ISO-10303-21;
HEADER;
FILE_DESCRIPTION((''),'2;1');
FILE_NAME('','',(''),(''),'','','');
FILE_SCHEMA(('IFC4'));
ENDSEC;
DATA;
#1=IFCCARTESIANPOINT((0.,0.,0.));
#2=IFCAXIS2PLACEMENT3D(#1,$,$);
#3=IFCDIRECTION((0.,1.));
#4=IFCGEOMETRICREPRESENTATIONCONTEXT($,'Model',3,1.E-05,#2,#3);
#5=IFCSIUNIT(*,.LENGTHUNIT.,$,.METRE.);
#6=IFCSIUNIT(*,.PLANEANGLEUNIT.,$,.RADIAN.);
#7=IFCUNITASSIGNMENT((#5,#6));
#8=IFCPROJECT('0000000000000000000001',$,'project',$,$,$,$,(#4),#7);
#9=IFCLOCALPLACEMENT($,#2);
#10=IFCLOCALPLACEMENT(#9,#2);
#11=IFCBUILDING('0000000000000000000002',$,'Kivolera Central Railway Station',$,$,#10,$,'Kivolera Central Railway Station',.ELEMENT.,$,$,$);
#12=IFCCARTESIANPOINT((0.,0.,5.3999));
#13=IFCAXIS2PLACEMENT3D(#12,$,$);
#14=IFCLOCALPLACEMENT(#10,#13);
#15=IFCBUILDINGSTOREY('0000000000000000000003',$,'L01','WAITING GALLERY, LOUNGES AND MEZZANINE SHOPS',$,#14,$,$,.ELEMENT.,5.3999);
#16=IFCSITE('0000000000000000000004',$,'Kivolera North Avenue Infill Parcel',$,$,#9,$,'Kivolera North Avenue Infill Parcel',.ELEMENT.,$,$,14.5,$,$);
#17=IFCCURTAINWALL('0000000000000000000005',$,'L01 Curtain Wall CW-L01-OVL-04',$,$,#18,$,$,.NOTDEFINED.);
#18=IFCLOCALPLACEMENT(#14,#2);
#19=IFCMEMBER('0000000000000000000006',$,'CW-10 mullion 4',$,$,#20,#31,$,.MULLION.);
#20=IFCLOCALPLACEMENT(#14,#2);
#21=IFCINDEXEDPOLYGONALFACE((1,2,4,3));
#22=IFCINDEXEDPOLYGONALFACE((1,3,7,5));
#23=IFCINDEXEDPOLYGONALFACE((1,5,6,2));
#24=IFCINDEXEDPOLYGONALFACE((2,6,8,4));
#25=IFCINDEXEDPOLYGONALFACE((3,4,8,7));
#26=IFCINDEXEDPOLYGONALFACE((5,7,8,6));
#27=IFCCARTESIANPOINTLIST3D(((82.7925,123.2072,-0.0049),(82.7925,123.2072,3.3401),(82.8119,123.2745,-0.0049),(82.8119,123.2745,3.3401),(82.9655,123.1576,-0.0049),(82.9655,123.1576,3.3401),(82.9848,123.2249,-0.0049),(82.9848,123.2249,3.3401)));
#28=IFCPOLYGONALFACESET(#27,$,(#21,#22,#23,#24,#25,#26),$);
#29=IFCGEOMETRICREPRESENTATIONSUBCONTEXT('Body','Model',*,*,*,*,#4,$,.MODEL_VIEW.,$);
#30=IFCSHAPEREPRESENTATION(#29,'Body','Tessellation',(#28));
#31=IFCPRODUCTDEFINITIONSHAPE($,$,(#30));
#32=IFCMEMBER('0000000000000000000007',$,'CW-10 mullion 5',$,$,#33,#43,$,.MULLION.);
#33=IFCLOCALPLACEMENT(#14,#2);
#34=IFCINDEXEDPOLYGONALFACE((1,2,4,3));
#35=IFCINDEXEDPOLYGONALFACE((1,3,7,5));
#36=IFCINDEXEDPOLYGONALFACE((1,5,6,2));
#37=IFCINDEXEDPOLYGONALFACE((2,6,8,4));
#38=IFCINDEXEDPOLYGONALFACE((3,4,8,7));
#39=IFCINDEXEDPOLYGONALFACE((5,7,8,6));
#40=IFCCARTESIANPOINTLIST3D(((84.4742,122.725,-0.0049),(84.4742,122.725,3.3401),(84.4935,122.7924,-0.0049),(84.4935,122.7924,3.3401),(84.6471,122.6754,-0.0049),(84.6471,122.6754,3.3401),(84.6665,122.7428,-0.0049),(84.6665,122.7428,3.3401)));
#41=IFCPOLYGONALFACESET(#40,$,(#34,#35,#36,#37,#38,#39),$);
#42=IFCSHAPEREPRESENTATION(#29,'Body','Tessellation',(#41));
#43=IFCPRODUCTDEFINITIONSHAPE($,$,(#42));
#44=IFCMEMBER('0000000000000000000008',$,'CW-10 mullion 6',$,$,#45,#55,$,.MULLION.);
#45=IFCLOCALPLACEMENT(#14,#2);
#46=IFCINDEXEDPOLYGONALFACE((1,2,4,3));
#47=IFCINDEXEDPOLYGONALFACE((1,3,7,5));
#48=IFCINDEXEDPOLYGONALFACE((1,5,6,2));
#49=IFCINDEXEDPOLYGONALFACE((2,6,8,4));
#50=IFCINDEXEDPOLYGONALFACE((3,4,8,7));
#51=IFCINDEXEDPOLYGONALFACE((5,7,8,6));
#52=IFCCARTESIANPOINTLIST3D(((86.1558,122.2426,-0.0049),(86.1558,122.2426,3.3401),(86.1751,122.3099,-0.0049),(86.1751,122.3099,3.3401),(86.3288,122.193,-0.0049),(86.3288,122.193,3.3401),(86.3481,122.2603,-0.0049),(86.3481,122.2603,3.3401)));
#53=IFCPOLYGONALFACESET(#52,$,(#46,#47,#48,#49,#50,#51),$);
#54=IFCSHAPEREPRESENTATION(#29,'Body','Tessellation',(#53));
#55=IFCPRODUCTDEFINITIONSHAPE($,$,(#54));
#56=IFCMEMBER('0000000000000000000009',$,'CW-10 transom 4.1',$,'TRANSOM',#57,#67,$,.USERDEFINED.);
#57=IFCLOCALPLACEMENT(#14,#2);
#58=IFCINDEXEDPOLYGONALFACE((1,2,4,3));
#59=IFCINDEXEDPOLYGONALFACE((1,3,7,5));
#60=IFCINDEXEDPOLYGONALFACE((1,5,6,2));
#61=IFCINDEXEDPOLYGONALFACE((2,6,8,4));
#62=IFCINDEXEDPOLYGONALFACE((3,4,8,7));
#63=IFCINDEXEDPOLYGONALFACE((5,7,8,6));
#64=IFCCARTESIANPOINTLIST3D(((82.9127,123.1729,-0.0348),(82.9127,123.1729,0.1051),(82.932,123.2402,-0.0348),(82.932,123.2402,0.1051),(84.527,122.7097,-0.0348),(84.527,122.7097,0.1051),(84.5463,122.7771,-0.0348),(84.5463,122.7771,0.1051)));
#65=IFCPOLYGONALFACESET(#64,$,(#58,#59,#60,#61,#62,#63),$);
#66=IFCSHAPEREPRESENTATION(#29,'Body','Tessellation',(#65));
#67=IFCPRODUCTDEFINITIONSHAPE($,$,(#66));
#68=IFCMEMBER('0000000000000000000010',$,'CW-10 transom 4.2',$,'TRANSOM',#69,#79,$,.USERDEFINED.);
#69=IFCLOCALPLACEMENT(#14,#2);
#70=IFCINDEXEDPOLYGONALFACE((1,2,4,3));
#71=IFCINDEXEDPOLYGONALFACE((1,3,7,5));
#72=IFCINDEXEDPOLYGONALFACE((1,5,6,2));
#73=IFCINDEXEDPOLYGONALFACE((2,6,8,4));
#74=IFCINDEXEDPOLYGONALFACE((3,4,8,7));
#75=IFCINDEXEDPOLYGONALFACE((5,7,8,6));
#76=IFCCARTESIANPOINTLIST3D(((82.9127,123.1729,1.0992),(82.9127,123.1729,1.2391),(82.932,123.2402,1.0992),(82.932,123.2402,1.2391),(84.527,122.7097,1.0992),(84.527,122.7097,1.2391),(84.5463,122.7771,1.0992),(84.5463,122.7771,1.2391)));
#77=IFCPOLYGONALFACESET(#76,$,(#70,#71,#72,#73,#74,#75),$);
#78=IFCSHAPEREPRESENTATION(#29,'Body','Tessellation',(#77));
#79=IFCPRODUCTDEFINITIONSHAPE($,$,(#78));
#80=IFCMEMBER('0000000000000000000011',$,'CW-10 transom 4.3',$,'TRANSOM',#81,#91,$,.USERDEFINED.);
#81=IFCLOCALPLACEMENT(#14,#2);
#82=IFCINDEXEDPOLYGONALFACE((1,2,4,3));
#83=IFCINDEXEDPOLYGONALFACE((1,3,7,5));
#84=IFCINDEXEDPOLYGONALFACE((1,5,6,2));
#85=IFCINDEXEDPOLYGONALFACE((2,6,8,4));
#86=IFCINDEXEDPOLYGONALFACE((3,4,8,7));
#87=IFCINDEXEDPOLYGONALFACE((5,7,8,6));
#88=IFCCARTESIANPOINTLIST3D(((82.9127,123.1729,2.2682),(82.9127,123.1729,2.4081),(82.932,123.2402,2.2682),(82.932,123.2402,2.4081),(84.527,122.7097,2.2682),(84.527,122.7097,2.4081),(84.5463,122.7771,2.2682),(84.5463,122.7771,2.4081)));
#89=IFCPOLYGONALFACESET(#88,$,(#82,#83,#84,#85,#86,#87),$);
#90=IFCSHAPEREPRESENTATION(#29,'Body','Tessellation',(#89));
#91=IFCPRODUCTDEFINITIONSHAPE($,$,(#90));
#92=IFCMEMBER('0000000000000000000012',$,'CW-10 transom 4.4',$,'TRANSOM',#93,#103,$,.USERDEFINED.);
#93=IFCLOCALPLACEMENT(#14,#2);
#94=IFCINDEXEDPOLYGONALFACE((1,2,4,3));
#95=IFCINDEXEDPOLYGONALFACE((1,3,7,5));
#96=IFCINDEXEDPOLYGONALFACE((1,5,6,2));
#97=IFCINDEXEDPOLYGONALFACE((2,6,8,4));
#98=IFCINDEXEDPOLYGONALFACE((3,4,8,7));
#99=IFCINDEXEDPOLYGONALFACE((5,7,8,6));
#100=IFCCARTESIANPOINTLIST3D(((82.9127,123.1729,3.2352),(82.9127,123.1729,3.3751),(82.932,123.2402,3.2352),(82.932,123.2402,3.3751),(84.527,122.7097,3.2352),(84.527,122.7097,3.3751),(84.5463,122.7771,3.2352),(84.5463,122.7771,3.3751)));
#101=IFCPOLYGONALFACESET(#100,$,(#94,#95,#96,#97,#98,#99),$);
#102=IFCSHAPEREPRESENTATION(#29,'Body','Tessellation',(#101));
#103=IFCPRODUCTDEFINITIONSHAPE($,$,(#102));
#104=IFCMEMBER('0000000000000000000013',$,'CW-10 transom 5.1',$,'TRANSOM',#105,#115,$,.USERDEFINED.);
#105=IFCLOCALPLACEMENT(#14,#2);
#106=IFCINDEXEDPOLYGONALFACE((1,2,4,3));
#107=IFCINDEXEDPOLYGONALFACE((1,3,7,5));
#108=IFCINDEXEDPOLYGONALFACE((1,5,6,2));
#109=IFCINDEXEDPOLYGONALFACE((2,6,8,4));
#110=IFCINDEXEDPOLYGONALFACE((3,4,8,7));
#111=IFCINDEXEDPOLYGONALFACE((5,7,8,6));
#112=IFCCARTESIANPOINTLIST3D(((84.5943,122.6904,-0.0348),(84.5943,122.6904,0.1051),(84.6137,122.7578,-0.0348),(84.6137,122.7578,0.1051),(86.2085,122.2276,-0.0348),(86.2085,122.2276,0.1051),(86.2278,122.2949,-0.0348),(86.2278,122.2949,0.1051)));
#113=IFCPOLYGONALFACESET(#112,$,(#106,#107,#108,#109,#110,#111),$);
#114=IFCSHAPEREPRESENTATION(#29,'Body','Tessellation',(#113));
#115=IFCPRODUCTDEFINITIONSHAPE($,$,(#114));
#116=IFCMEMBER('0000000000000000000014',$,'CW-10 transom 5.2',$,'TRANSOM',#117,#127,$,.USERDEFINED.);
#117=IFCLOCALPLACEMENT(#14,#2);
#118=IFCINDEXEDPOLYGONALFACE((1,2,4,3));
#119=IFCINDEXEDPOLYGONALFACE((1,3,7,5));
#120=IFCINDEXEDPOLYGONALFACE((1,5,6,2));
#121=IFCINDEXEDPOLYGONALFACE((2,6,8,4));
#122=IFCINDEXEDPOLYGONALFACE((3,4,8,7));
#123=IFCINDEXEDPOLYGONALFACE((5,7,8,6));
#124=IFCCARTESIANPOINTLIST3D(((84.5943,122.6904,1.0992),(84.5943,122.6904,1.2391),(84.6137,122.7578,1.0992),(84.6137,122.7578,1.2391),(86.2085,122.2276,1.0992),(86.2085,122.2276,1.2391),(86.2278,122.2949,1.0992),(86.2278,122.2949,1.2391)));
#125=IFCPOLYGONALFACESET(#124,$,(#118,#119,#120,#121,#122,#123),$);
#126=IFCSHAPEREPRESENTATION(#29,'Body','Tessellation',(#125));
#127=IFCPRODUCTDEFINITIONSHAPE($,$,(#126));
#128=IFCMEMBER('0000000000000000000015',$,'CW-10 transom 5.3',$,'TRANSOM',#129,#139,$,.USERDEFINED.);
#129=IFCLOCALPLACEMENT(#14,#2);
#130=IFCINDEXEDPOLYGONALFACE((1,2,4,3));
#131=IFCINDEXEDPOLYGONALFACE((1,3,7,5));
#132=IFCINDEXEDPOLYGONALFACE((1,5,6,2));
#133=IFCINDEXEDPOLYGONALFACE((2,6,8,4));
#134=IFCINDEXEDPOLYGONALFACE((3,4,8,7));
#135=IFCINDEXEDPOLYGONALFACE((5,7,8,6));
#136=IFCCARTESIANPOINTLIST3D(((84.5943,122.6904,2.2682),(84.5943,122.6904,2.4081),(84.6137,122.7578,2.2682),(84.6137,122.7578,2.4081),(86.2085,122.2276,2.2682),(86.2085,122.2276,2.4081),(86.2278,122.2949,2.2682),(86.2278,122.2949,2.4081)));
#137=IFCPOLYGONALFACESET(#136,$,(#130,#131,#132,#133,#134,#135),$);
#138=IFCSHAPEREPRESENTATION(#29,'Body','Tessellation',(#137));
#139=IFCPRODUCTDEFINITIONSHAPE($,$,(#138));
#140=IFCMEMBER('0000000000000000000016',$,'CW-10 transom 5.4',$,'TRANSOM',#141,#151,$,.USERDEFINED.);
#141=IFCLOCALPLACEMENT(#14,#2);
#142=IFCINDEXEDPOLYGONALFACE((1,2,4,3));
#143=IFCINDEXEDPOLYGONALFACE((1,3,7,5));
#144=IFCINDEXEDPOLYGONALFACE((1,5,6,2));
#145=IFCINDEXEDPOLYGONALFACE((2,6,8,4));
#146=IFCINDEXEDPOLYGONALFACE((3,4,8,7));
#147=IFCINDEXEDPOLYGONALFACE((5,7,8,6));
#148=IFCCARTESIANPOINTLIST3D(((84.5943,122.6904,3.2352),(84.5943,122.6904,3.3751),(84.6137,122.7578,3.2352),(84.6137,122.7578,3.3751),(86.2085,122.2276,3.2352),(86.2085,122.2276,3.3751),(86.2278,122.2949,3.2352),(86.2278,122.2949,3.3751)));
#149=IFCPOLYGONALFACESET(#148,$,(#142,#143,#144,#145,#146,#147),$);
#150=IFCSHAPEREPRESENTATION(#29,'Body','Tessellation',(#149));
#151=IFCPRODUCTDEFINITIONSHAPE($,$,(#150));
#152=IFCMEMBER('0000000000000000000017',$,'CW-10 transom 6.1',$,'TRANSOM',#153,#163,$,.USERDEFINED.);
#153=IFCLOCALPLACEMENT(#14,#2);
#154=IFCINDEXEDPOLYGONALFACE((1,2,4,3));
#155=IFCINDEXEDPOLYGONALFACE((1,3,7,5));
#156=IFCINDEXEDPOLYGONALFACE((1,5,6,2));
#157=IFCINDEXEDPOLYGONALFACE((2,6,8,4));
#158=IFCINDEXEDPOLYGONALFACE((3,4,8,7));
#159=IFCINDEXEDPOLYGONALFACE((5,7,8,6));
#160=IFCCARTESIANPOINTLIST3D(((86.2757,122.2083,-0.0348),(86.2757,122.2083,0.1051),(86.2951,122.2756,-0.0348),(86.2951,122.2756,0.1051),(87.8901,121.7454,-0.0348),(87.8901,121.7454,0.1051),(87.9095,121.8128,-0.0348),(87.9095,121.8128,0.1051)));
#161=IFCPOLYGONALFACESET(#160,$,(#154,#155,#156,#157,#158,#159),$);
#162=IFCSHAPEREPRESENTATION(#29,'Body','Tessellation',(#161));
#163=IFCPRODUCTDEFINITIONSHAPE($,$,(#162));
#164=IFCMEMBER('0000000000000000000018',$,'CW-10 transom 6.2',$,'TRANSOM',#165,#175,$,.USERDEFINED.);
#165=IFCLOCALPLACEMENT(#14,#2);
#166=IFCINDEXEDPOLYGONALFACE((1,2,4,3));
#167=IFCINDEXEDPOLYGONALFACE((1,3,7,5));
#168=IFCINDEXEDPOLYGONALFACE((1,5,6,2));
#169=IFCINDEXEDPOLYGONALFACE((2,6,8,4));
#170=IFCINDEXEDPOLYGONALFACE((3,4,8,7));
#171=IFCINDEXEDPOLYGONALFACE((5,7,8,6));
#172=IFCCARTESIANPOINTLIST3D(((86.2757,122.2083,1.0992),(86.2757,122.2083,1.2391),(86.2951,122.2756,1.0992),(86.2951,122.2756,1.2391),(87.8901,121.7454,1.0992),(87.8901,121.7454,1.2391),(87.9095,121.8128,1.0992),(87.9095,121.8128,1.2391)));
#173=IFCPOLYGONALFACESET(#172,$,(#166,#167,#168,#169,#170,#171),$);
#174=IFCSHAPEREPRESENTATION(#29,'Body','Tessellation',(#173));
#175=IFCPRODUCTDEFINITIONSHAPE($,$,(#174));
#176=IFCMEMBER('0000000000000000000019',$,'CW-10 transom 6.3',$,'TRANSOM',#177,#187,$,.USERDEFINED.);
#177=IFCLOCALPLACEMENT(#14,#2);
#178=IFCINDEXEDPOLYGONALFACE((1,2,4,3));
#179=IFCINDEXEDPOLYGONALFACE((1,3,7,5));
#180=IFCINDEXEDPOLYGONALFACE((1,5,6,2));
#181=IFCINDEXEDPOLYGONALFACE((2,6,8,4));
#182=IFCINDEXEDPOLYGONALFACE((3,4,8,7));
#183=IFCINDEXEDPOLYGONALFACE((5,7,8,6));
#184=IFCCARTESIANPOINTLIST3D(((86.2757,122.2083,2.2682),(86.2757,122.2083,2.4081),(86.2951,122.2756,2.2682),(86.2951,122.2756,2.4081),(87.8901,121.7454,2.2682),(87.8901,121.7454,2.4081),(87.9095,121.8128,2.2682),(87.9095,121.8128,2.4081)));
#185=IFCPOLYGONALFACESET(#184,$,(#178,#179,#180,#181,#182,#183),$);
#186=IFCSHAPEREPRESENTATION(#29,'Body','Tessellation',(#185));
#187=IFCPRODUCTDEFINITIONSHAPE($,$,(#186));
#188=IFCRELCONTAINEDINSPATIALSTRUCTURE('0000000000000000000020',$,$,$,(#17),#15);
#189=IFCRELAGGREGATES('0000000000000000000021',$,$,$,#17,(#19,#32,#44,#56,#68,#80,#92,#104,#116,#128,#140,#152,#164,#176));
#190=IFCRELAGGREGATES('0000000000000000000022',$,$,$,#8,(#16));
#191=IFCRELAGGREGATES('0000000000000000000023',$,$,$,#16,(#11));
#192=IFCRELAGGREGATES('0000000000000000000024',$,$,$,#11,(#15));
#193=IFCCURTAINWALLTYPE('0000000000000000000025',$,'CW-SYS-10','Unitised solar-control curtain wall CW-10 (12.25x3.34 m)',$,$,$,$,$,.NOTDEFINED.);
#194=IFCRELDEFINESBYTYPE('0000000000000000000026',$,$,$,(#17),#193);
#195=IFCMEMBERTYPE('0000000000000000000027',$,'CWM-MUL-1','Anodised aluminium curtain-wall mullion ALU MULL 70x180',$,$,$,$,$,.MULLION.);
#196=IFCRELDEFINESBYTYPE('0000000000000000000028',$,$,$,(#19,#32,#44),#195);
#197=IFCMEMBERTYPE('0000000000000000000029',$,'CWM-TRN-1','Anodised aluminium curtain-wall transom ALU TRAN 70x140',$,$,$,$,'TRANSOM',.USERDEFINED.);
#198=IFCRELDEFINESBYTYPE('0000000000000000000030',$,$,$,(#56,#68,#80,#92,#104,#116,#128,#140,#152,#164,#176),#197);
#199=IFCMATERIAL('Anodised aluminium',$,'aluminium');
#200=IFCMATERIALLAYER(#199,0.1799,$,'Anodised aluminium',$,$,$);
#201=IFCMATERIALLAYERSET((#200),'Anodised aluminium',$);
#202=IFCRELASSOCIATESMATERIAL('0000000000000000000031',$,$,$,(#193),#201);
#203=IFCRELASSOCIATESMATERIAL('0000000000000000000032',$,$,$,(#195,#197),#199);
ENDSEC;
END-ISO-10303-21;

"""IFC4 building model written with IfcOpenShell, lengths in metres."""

from ifc_helpers import new_model, si_unit, direction, frame, origin, origin_2d, place, context, subcontext, project, spatial, rectangle, extrude, material, layer, layer_set, material_profile, profile_set, type_object, element, aggregate, save


model = new_model("IFC4")

# Units and contexts
model_context = context("Model", 3, precision=1e-05, world=origin(), true_north=direction((0.0, 1.0)))
body_context = subcontext(model_context, "Body", "Model", "MODEL_VIEW")
ifc_project = project(units=[si_unit("LENGTHUNIT", "METRE"), si_unit("PLANEANGLEUNIT", "RADIAN")], contexts=[model_context])

# Site, building, storey
site_placement = place(None, origin())
site = spatial("IfcSite", under=ifc_project, at=site_placement, Name="Kivolera North Avenue Infill Parcel", LongName="Kivolera North Avenue Infill Parcel", CompositionType="ELEMENT", RefElevation=14.5)
building_placement = place(site_placement, origin())
building = spatial("IfcBuilding", under=site, at=building_placement, Name="Kivolera Central Railway Station", LongName="Kivolera Central Railway Station", CompositionType="ELEMENT")
storey_placement = place(building_placement, frame((0.0, 0.0, 5.3999)))
storey = spatial("IfcBuildingStorey", under=building, at=storey_placement, Name="L01", Description="WAITING GALLERY, LOUNGES AND MEZZANINE SHOPS", CompositionType="ELEMENT", Elevation=5.3999)

# Curtain wall, members
ifc_material_1 = material(Name="Anodised aluminium", Category="aluminium")
ifc_layer_1 = layer(ifc_material_1, 0.1799, Name="Anodised aluminium")
ifc_layer_set_1 = layer_set([ifc_layer_1], Name="Anodised aluminium")
curtain_wall_type = type_object("IfcCurtainWallType", Name="CW-SYS-10", Description="Unitised solar-control curtain wall CW-10 (12.25x3.34 m)", PredefinedType="NOTDEFINED", material=ifc_layer_set_1)
curtain_wall_placement = place(storey_placement, origin())
curtain_wall = element("IfcCurtainWall", 1, at=curtain_wall_placement, inside=storey, type_object=curtain_wall_type, Name="L01 Curtain Wall CW-L01-OVL-04", PredefinedType="NOTDEFINED")
ifc_material_profile_1 = material_profile(ifc_material_1, rectangle(XDim=0.0701, YDim=0.1799, at=origin_2d()), Name="ALU MULL 70x180")
ifc_profile_set_1 = profile_set([ifc_material_profile_1], Name="Anodised aluminium")
member_type_1 = type_object("IfcMemberType", Name="CWM-MUL-1", Description="Anodised aluminium curtain-wall mullion ALU MULL 70x180", PredefinedType="MULLION", material=ifc_profile_set_1)
member_1_placement = place(storey_placement, frame((82.8887, 123.2161, -0.0049), z_axis=(0.0, 0.0, 1.0), x_axis=(0.275692, 0.961246, 0.0)))
member_1 = element("IfcMember", 2, at=member_1_placement, type_object=member_type_1, Name="CW-10 mullion 4", PredefinedType="MULLION", context=body_context, shape_type="SweptSolid", body=[
    extrude(rectangle(XDim=0.0701, YDim=0.1799, at=origin_2d()), origin(), (0.0, 0.0, 1.0), 3.345),
])
member_2_placement = place(storey_placement, frame((84.5703, 122.7339, -0.0049), z_axis=(0.0, 0.0, 1.0), x_axis=(0.275692, 0.961246, 0.0)))
member_2 = element("IfcMember", 3, at=member_2_placement, type_object=member_type_1, Name="CW-10 mullion 5", PredefinedType="MULLION", context=body_context, shape_type="SweptSolid", body=[
    extrude(rectangle(XDim=0.0701, YDim=0.1799, at=origin_2d()), origin(), (0.0, 0.0, 1.0), 3.345),
])
member_3_placement = place(storey_placement, frame((86.252, 122.2515, -0.0049), z_axis=(0.0, 0.0, 1.0), x_axis=(0.275692, 0.961246, 0.0)))
member_3 = element("IfcMember", 4, at=member_3_placement, type_object=member_type_1, Name="CW-10 mullion 6", PredefinedType="MULLION", context=body_context, shape_type="SweptSolid", body=[
    extrude(rectangle(XDim=0.0701, YDim=0.1799, at=origin_2d()), origin(), (0.0, 0.0, 1.0), 3.345),
])
ifc_material_profile_2 = material_profile(ifc_material_1, rectangle(XDim=0.0701, YDim=0.1399, at=origin_2d()), Name="ALU TRAN 70x140")
ifc_profile_set_2 = profile_set([ifc_material_profile_2], Name="Anodised aluminium")
member_type_2 = type_object("IfcMemberType", Name="CWM-TRN-1", Description="Anodised aluminium curtain-wall transom ALU TRAN 70x140", ElementType="TRANSOM", PredefinedType="USERDEFINED", material=ifc_profile_set_2)
member_4_placement = place(storey_placement, frame((82.9224, 123.2065, 0.0352), z_axis=(0.961222, -0.275777, 0.0), x_axis=(0.275777, 0.961222, 0.0)))
member_4 = element("IfcMember", 5, at=member_4_placement, type_object=member_type_2, Name="CW-10 transom 4.1", ObjectType="TRANSOM", PredefinedType="USERDEFINED", context=body_context, shape_type="SweptSolid", body=[
    extrude(rectangle(XDim=0.0701, YDim=0.1399, at=origin_2d()), origin(), (0.0, 0.0, 1.0), 1.6794),
])
member_5_placement = place(storey_placement, frame((82.9224, 123.2065, 1.1692), z_axis=(0.961222, -0.275777, 0.0), x_axis=(0.275777, 0.961222, 0.0)))
member_5 = element("IfcMember", 6, at=member_5_placement, type_object=member_type_2, Name="CW-10 transom 4.2", ObjectType="TRANSOM", PredefinedType="USERDEFINED", context=body_context, shape_type="SweptSolid", body=[
    extrude(rectangle(XDim=0.0701, YDim=0.1399, at=origin_2d()), origin(), (0.0, 0.0, 1.0), 1.6794),
])
member_6_placement = place(storey_placement, frame((82.9224, 123.2065, 2.3381), z_axis=(0.961222, -0.275777, 0.0), x_axis=(0.275777, 0.961222, 0.0)))
member_6 = element("IfcMember", 7, at=member_6_placement, type_object=member_type_2, Name="CW-10 transom 4.3", ObjectType="TRANSOM", PredefinedType="USERDEFINED", context=body_context, shape_type="SweptSolid", body=[
    extrude(rectangle(XDim=0.0701, YDim=0.1399, at=origin_2d()), origin(), (0.0, 0.0, 1.0), 1.6794),
])
member_7_placement = place(storey_placement, frame((82.9224, 123.2065, 3.3052), z_axis=(0.961222, -0.275777, 0.0), x_axis=(0.275777, 0.961222, 0.0)))
member_7 = element("IfcMember", 8, at=member_7_placement, type_object=member_type_2, Name="CW-10 transom 4.4", ObjectType="TRANSOM", PredefinedType="USERDEFINED", context=body_context, shape_type="SweptSolid", body=[
    extrude(rectangle(XDim=0.0701, YDim=0.1399, at=origin_2d()), origin(), (0.0, 0.0, 1.0), 1.6794),
])
member_8_placement = place(storey_placement, frame((84.604, 122.7241, 0.0352), z_axis=(0.96126, -0.275643, 0.0), x_axis=(0.275643, 0.96126, 0.0)))
member_8 = element("IfcMember", 9, at=member_8_placement, type_object=member_type_2, Name="CW-10 transom 5.1", ObjectType="TRANSOM", PredefinedType="USERDEFINED", context=body_context, shape_type="SweptSolid", body=[
    extrude(rectangle(XDim=0.0701, YDim=0.1399, at=origin_2d()), origin(), (0.0, 0.0, 1.0), 1.6792),
])
member_9_placement = place(storey_placement, frame((84.604, 122.7241, 1.1692), z_axis=(0.96126, -0.275643, 0.0), x_axis=(0.275643, 0.96126, 0.0)))
member_9 = element("IfcMember", 10, at=member_9_placement, type_object=member_type_2, Name="CW-10 transom 5.2", ObjectType="TRANSOM", PredefinedType="USERDEFINED", context=body_context, shape_type="SweptSolid", body=[
    extrude(rectangle(XDim=0.0701, YDim=0.1399, at=origin_2d()), origin(), (0.0, 0.0, 1.0), 1.6792),
])
member_10_placement = place(storey_placement, frame((84.604, 122.7241, 2.3381), z_axis=(0.96126, -0.275643, 0.0), x_axis=(0.275643, 0.96126, 0.0)))
member_10 = element("IfcMember", 11, at=member_10_placement, type_object=member_type_2, Name="CW-10 transom 5.3", ObjectType="TRANSOM", PredefinedType="USERDEFINED", context=body_context, shape_type="SweptSolid", body=[
    extrude(rectangle(XDim=0.0701, YDim=0.1399, at=origin_2d()), origin(), (0.0, 0.0, 1.0), 1.6792),
])
member_11_placement = place(storey_placement, frame((84.604, 122.7241, 3.3052), z_axis=(0.96126, -0.275643, 0.0), x_axis=(0.275643, 0.96126, 0.0)))
member_11 = element("IfcMember", 12, at=member_11_placement, type_object=member_type_2, Name="CW-10 transom 5.4", ObjectType="TRANSOM", PredefinedType="USERDEFINED", context=body_context, shape_type="SweptSolid", body=[
    extrude(rectangle(XDim=0.0701, YDim=0.1399, at=origin_2d()), origin(), (0.0, 0.0, 1.0), 1.6792),
])
member_12_placement = place(storey_placement, frame((86.2854, 122.2419, 0.0352), z_axis=(0.961271, -0.275604, 0.0), x_axis=(0.275604, 0.961271, 0.0)))
member_12 = element("IfcMember", 13, at=member_12_placement, type_object=member_type_2, Name="CW-10 transom 6.1", ObjectType="TRANSOM", PredefinedType="USERDEFINED", context=body_context, shape_type="SweptSolid", body=[
    extrude(rectangle(XDim=0.0701, YDim=0.1399, at=origin_2d()), origin(), (0.0, 0.0, 1.0), 1.6794),
])
member_13_placement = place(storey_placement, frame((86.2854, 122.2419, 1.1692), z_axis=(0.961271, -0.275604, 0.0), x_axis=(0.275604, 0.961271, 0.0)))
member_13 = element("IfcMember", 14, at=member_13_placement, type_object=member_type_2, Name="CW-10 transom 6.2", ObjectType="TRANSOM", PredefinedType="USERDEFINED", context=body_context, shape_type="SweptSolid", body=[
    extrude(rectangle(XDim=0.0701, YDim=0.1399, at=origin_2d()), origin(), (0.0, 0.0, 1.0), 1.6794),
])
member_14_placement = place(storey_placement, frame((86.2854, 122.2419, 2.3381), z_axis=(0.961271, -0.275604, 0.0), x_axis=(0.275604, 0.961271, 0.0)))
member_14 = element("IfcMember", 15, at=member_14_placement, type_object=member_type_2, Name="CW-10 transom 6.3", ObjectType="TRANSOM", PredefinedType="USERDEFINED", context=body_context, shape_type="SweptSolid", body=[
    extrude(rectangle(XDim=0.0701, YDim=0.1399, at=origin_2d()), origin(), (0.0, 0.0, 1.0), 1.6794),
])
aggregate(curtain_wall, [member_1, member_2, member_3, member_4, member_5, member_6, member_7, member_8, member_9, member_10, member_11, member_12, member_13, member_14])

save(model, "model.ifc")
